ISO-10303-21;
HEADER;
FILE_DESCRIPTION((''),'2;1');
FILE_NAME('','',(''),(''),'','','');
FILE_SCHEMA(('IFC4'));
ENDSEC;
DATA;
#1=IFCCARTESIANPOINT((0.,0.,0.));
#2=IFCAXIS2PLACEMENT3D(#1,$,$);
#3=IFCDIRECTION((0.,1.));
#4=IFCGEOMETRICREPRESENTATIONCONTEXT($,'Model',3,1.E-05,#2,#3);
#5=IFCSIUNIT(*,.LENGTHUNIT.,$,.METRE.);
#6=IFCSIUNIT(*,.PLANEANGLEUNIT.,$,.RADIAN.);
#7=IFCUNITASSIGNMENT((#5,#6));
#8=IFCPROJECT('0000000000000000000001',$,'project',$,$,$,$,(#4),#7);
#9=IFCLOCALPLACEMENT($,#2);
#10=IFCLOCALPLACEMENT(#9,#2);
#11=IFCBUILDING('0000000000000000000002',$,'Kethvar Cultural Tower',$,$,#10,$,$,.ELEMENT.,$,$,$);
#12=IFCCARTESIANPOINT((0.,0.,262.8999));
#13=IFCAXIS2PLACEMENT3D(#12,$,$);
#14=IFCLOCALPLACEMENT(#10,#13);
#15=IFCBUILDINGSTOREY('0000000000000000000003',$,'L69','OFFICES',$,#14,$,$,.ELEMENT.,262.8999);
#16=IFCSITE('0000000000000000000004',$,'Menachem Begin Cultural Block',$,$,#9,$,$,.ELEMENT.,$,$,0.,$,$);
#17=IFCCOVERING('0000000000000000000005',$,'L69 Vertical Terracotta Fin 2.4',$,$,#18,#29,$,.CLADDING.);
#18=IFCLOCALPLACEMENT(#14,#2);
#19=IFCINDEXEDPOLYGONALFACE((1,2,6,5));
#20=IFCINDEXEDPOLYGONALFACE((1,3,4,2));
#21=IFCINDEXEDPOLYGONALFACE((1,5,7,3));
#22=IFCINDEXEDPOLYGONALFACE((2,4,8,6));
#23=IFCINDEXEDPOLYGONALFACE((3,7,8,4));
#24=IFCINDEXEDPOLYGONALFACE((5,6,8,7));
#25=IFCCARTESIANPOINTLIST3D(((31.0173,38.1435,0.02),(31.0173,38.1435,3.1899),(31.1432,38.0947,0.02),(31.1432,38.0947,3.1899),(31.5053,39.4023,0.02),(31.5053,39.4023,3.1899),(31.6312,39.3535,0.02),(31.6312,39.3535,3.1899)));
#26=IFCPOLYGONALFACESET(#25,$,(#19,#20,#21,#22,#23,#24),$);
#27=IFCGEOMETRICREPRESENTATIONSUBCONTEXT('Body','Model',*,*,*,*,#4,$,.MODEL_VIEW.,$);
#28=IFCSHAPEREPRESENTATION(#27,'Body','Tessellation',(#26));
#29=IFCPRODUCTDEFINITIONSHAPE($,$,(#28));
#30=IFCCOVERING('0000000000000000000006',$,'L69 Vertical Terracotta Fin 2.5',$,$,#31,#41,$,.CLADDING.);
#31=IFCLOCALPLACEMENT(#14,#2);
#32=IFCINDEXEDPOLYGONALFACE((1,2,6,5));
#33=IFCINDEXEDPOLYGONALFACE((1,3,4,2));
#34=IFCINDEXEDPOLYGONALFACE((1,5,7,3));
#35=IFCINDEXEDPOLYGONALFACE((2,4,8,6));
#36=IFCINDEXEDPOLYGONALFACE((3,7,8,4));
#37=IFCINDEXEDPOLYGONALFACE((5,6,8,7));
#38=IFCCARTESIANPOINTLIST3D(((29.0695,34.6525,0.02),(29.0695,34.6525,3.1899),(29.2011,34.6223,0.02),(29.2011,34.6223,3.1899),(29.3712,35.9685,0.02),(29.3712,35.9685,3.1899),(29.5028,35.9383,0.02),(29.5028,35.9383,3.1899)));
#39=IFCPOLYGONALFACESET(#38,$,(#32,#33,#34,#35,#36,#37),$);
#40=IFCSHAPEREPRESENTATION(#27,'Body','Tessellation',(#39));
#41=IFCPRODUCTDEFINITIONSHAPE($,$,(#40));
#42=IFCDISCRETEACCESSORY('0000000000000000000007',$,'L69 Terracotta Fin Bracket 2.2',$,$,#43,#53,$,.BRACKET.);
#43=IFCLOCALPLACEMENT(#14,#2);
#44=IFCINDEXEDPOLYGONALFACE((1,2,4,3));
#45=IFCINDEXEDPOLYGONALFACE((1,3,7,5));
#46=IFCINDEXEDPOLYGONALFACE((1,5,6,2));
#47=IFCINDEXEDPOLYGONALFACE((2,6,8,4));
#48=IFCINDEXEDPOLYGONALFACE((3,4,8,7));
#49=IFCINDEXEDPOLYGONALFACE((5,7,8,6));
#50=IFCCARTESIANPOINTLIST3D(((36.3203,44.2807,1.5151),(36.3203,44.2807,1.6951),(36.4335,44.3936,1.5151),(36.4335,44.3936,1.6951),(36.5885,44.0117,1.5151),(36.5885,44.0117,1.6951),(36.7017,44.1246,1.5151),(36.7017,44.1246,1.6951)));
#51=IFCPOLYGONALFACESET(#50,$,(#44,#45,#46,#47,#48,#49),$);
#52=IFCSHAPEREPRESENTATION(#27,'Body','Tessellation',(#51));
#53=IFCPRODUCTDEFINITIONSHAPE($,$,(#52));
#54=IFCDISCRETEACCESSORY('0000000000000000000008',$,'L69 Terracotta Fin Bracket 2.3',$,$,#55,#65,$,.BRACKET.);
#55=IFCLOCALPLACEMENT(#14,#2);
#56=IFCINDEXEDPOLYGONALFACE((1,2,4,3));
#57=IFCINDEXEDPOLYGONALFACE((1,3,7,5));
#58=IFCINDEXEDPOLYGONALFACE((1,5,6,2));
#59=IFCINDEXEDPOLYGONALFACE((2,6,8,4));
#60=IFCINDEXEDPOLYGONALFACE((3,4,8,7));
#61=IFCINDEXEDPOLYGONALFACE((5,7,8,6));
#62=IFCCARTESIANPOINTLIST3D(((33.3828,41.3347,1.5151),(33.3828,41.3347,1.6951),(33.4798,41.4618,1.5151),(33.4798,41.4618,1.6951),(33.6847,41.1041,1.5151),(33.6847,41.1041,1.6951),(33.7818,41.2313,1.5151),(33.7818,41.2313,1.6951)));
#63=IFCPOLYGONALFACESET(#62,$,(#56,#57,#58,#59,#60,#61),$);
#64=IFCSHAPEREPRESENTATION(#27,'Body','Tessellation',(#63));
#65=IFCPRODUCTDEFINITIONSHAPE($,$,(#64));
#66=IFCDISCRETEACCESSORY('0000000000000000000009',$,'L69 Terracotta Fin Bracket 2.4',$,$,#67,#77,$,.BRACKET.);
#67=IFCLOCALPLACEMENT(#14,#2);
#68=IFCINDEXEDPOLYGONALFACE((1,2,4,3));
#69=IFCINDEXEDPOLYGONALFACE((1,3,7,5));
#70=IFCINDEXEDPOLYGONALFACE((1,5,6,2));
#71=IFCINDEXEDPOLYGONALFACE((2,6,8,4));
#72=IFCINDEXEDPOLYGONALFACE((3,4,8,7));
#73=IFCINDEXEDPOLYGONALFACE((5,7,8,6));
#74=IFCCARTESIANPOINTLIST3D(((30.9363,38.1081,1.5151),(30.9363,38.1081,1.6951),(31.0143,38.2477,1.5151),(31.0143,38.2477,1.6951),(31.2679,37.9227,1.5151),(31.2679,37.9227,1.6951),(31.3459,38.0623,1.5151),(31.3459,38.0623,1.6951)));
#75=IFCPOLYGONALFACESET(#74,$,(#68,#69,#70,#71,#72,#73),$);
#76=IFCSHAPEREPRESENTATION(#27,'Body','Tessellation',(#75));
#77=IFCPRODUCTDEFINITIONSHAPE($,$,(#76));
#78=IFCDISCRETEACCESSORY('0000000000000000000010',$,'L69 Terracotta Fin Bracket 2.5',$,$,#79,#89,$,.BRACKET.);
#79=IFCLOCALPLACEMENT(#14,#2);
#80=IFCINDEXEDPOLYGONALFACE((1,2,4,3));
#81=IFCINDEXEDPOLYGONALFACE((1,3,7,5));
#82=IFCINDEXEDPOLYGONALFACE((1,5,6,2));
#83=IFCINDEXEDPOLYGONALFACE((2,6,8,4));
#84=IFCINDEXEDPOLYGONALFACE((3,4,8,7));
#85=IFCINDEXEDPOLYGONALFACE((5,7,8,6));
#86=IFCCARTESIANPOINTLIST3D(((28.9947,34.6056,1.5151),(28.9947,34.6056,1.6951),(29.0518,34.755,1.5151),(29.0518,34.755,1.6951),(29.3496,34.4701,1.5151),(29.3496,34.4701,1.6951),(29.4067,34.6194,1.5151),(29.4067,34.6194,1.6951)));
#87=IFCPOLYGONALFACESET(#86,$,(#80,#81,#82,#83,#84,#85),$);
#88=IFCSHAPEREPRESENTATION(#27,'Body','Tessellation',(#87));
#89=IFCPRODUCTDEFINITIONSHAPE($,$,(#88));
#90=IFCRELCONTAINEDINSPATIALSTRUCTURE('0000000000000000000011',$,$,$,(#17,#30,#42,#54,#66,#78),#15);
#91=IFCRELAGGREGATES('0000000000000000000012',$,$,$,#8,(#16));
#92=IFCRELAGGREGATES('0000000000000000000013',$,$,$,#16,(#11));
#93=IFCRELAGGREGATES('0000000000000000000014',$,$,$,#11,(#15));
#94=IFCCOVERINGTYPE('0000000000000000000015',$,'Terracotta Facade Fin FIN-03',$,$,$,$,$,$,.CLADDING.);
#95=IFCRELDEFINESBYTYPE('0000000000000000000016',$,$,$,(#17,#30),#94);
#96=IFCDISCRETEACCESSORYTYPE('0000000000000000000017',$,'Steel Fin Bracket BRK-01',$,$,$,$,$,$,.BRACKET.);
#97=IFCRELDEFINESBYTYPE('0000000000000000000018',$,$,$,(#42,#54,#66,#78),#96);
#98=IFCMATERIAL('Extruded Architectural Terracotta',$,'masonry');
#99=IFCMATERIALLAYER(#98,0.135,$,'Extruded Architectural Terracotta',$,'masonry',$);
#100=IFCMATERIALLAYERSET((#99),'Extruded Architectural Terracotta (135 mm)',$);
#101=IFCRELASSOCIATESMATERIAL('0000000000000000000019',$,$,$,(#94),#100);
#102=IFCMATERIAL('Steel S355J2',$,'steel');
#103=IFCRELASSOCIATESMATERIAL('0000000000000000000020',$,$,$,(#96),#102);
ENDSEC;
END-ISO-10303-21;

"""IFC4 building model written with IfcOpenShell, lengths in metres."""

from ifc_helpers import new_model, si_unit, direction, frame, origin, origin_2d, place, context, subcontext, project, spatial, rectangle, extrude, source, transform, mapped, material, layer, layer_set, type_object, element, save


model = new_model("IFC4")

# Units and contexts
model_context = context("Model", 3, precision=1e-05, world=origin(), true_north=direction((0.0, 1.0)))
body_context = subcontext(model_context, "Body", "Model", "MODEL_VIEW")
ifc_project = project(units=[si_unit("LENGTHUNIT", "METRE"), si_unit("PLANEANGLEUNIT", "RADIAN")], contexts=[model_context])

# Site, building, storey
site_placement = place(None, origin())
site = spatial("IfcSite", under=ifc_project, at=site_placement, Name="Menachem Begin Cultural Block", CompositionType="ELEMENT", RefElevation=0.0)
building_placement = place(site_placement, origin())
building = spatial("IfcBuilding", under=site, at=building_placement, Name="Kethvar Cultural Tower", CompositionType="ELEMENT")
storey_placement = place(building_placement, frame((0.0, 0.0, 262.8999)))
storey = spatial("IfcBuildingStorey", under=building, at=storey_placement, Name="L69", Description="OFFICES", CompositionType="ELEMENT", Elevation=262.8999)

# Shared definitions
ifc_material_1 = material(Name="Steel S355J2", Category="steel")

# Coverings
ifc_material_2 = material(Name="Extruded Architectural Terracotta", Category="masonry")
ifc_layer_1 = layer(ifc_material_2, 0.135, Name="Extruded Architectural Terracotta", Category="masonry")
ifc_layer_set_1 = layer_set([ifc_layer_1], Name="Extruded Architectural Terracotta (135 mm)")
covering_type = type_object("IfcCoveringType", Name="Terracotta Facade Fin FIN-03", PredefinedType="CLADDING", material=ifc_layer_set_1)
shared_shape_1 = source(origin(), body_context, "Body", "SweptSolid", [
    extrude(rectangle(XDim=1.3501, YDim=0.135, at=origin_2d()), origin(), (0.0, 0.0, 1.0), 3.1699),
])
for number, where, z_axis, x_axis, name in (
    (1, (31.3242, 38.7485, 0.02), (0.0, 0.0, 1.0), (0.361462, 0.932387, 0.0), "L69 Vertical Terracotta Fin 2.4"),
    (2, (29.2861, 35.2954, 0.02), (0.0, 0.0, 1.0), (0.22342, 0.974722, 0.0), "L69 Vertical Terracotta Fin 2.5"),
):
    element("IfcCovering", number, at=place(storey_placement, frame(where, z_axis=z_axis, x_axis=x_axis)), inside=storey, type_object=covering_type, Name=name, PredefinedType="CLADDING", context=body_context, shape_type="MappedRepresentation", body=[
        mapped(shared_shape_1, transform((0.0, 0.0, 0.0), scale=1.0)),
    ])

# Discrete accessories
discrete_accessory_type = type_object("IfcDiscreteAccessoryType", Name="Steel Fin Bracket BRK-01", PredefinedType="BRACKET", material=ifc_material_1)
shared_shape_2 = source(origin(), body_context, "Body", "SweptSolid", [
    extrude(rectangle(XDim=0.3799, YDim=0.1599, at=origin_2d()), origin(), (0.0, 0.0, 1.0), 0.1799),
])
for number, where, z_axis, x_axis, name in (
    (3, (36.511, 44.2026, 1.5151), (0.0, 0.0, 1.0), (-0.705995, 0.708217, 0.0), "L69 Terracotta Fin Bracket 2.2"),
    (4, (33.5823, 41.283, 1.5151), (0.0, 0.0, 1.0), (-0.794838, 0.606821, 0.0), "L69 Terracotta Fin Bracket 2.3"),
    (5, (31.1411, 38.0852, 1.5151), (0.0, 0.0, 1.0), (-0.872922, 0.48786, 0.0), "L69 Terracotta Fin Bracket 2.4"),
    (6, (29.2007, 34.6125, 1.5151), (0.0, 0.0, 1.0), (-0.934142, 0.356901, 0.0), "L69 Terracotta Fin Bracket 2.5"),
):
    element("IfcDiscreteAccessory", number, at=place(storey_placement, frame(where, z_axis=z_axis, x_axis=x_axis)), inside=storey, type_object=discrete_accessory_type, Name=name, PredefinedType="BRACKET", context=body_context, shape_type="MappedRepresentation", body=[
        mapped(shared_shape_2, transform((0.0, 0.0, 0.0), scale=1.0)),
    ])

save(model, "model.ifc")
